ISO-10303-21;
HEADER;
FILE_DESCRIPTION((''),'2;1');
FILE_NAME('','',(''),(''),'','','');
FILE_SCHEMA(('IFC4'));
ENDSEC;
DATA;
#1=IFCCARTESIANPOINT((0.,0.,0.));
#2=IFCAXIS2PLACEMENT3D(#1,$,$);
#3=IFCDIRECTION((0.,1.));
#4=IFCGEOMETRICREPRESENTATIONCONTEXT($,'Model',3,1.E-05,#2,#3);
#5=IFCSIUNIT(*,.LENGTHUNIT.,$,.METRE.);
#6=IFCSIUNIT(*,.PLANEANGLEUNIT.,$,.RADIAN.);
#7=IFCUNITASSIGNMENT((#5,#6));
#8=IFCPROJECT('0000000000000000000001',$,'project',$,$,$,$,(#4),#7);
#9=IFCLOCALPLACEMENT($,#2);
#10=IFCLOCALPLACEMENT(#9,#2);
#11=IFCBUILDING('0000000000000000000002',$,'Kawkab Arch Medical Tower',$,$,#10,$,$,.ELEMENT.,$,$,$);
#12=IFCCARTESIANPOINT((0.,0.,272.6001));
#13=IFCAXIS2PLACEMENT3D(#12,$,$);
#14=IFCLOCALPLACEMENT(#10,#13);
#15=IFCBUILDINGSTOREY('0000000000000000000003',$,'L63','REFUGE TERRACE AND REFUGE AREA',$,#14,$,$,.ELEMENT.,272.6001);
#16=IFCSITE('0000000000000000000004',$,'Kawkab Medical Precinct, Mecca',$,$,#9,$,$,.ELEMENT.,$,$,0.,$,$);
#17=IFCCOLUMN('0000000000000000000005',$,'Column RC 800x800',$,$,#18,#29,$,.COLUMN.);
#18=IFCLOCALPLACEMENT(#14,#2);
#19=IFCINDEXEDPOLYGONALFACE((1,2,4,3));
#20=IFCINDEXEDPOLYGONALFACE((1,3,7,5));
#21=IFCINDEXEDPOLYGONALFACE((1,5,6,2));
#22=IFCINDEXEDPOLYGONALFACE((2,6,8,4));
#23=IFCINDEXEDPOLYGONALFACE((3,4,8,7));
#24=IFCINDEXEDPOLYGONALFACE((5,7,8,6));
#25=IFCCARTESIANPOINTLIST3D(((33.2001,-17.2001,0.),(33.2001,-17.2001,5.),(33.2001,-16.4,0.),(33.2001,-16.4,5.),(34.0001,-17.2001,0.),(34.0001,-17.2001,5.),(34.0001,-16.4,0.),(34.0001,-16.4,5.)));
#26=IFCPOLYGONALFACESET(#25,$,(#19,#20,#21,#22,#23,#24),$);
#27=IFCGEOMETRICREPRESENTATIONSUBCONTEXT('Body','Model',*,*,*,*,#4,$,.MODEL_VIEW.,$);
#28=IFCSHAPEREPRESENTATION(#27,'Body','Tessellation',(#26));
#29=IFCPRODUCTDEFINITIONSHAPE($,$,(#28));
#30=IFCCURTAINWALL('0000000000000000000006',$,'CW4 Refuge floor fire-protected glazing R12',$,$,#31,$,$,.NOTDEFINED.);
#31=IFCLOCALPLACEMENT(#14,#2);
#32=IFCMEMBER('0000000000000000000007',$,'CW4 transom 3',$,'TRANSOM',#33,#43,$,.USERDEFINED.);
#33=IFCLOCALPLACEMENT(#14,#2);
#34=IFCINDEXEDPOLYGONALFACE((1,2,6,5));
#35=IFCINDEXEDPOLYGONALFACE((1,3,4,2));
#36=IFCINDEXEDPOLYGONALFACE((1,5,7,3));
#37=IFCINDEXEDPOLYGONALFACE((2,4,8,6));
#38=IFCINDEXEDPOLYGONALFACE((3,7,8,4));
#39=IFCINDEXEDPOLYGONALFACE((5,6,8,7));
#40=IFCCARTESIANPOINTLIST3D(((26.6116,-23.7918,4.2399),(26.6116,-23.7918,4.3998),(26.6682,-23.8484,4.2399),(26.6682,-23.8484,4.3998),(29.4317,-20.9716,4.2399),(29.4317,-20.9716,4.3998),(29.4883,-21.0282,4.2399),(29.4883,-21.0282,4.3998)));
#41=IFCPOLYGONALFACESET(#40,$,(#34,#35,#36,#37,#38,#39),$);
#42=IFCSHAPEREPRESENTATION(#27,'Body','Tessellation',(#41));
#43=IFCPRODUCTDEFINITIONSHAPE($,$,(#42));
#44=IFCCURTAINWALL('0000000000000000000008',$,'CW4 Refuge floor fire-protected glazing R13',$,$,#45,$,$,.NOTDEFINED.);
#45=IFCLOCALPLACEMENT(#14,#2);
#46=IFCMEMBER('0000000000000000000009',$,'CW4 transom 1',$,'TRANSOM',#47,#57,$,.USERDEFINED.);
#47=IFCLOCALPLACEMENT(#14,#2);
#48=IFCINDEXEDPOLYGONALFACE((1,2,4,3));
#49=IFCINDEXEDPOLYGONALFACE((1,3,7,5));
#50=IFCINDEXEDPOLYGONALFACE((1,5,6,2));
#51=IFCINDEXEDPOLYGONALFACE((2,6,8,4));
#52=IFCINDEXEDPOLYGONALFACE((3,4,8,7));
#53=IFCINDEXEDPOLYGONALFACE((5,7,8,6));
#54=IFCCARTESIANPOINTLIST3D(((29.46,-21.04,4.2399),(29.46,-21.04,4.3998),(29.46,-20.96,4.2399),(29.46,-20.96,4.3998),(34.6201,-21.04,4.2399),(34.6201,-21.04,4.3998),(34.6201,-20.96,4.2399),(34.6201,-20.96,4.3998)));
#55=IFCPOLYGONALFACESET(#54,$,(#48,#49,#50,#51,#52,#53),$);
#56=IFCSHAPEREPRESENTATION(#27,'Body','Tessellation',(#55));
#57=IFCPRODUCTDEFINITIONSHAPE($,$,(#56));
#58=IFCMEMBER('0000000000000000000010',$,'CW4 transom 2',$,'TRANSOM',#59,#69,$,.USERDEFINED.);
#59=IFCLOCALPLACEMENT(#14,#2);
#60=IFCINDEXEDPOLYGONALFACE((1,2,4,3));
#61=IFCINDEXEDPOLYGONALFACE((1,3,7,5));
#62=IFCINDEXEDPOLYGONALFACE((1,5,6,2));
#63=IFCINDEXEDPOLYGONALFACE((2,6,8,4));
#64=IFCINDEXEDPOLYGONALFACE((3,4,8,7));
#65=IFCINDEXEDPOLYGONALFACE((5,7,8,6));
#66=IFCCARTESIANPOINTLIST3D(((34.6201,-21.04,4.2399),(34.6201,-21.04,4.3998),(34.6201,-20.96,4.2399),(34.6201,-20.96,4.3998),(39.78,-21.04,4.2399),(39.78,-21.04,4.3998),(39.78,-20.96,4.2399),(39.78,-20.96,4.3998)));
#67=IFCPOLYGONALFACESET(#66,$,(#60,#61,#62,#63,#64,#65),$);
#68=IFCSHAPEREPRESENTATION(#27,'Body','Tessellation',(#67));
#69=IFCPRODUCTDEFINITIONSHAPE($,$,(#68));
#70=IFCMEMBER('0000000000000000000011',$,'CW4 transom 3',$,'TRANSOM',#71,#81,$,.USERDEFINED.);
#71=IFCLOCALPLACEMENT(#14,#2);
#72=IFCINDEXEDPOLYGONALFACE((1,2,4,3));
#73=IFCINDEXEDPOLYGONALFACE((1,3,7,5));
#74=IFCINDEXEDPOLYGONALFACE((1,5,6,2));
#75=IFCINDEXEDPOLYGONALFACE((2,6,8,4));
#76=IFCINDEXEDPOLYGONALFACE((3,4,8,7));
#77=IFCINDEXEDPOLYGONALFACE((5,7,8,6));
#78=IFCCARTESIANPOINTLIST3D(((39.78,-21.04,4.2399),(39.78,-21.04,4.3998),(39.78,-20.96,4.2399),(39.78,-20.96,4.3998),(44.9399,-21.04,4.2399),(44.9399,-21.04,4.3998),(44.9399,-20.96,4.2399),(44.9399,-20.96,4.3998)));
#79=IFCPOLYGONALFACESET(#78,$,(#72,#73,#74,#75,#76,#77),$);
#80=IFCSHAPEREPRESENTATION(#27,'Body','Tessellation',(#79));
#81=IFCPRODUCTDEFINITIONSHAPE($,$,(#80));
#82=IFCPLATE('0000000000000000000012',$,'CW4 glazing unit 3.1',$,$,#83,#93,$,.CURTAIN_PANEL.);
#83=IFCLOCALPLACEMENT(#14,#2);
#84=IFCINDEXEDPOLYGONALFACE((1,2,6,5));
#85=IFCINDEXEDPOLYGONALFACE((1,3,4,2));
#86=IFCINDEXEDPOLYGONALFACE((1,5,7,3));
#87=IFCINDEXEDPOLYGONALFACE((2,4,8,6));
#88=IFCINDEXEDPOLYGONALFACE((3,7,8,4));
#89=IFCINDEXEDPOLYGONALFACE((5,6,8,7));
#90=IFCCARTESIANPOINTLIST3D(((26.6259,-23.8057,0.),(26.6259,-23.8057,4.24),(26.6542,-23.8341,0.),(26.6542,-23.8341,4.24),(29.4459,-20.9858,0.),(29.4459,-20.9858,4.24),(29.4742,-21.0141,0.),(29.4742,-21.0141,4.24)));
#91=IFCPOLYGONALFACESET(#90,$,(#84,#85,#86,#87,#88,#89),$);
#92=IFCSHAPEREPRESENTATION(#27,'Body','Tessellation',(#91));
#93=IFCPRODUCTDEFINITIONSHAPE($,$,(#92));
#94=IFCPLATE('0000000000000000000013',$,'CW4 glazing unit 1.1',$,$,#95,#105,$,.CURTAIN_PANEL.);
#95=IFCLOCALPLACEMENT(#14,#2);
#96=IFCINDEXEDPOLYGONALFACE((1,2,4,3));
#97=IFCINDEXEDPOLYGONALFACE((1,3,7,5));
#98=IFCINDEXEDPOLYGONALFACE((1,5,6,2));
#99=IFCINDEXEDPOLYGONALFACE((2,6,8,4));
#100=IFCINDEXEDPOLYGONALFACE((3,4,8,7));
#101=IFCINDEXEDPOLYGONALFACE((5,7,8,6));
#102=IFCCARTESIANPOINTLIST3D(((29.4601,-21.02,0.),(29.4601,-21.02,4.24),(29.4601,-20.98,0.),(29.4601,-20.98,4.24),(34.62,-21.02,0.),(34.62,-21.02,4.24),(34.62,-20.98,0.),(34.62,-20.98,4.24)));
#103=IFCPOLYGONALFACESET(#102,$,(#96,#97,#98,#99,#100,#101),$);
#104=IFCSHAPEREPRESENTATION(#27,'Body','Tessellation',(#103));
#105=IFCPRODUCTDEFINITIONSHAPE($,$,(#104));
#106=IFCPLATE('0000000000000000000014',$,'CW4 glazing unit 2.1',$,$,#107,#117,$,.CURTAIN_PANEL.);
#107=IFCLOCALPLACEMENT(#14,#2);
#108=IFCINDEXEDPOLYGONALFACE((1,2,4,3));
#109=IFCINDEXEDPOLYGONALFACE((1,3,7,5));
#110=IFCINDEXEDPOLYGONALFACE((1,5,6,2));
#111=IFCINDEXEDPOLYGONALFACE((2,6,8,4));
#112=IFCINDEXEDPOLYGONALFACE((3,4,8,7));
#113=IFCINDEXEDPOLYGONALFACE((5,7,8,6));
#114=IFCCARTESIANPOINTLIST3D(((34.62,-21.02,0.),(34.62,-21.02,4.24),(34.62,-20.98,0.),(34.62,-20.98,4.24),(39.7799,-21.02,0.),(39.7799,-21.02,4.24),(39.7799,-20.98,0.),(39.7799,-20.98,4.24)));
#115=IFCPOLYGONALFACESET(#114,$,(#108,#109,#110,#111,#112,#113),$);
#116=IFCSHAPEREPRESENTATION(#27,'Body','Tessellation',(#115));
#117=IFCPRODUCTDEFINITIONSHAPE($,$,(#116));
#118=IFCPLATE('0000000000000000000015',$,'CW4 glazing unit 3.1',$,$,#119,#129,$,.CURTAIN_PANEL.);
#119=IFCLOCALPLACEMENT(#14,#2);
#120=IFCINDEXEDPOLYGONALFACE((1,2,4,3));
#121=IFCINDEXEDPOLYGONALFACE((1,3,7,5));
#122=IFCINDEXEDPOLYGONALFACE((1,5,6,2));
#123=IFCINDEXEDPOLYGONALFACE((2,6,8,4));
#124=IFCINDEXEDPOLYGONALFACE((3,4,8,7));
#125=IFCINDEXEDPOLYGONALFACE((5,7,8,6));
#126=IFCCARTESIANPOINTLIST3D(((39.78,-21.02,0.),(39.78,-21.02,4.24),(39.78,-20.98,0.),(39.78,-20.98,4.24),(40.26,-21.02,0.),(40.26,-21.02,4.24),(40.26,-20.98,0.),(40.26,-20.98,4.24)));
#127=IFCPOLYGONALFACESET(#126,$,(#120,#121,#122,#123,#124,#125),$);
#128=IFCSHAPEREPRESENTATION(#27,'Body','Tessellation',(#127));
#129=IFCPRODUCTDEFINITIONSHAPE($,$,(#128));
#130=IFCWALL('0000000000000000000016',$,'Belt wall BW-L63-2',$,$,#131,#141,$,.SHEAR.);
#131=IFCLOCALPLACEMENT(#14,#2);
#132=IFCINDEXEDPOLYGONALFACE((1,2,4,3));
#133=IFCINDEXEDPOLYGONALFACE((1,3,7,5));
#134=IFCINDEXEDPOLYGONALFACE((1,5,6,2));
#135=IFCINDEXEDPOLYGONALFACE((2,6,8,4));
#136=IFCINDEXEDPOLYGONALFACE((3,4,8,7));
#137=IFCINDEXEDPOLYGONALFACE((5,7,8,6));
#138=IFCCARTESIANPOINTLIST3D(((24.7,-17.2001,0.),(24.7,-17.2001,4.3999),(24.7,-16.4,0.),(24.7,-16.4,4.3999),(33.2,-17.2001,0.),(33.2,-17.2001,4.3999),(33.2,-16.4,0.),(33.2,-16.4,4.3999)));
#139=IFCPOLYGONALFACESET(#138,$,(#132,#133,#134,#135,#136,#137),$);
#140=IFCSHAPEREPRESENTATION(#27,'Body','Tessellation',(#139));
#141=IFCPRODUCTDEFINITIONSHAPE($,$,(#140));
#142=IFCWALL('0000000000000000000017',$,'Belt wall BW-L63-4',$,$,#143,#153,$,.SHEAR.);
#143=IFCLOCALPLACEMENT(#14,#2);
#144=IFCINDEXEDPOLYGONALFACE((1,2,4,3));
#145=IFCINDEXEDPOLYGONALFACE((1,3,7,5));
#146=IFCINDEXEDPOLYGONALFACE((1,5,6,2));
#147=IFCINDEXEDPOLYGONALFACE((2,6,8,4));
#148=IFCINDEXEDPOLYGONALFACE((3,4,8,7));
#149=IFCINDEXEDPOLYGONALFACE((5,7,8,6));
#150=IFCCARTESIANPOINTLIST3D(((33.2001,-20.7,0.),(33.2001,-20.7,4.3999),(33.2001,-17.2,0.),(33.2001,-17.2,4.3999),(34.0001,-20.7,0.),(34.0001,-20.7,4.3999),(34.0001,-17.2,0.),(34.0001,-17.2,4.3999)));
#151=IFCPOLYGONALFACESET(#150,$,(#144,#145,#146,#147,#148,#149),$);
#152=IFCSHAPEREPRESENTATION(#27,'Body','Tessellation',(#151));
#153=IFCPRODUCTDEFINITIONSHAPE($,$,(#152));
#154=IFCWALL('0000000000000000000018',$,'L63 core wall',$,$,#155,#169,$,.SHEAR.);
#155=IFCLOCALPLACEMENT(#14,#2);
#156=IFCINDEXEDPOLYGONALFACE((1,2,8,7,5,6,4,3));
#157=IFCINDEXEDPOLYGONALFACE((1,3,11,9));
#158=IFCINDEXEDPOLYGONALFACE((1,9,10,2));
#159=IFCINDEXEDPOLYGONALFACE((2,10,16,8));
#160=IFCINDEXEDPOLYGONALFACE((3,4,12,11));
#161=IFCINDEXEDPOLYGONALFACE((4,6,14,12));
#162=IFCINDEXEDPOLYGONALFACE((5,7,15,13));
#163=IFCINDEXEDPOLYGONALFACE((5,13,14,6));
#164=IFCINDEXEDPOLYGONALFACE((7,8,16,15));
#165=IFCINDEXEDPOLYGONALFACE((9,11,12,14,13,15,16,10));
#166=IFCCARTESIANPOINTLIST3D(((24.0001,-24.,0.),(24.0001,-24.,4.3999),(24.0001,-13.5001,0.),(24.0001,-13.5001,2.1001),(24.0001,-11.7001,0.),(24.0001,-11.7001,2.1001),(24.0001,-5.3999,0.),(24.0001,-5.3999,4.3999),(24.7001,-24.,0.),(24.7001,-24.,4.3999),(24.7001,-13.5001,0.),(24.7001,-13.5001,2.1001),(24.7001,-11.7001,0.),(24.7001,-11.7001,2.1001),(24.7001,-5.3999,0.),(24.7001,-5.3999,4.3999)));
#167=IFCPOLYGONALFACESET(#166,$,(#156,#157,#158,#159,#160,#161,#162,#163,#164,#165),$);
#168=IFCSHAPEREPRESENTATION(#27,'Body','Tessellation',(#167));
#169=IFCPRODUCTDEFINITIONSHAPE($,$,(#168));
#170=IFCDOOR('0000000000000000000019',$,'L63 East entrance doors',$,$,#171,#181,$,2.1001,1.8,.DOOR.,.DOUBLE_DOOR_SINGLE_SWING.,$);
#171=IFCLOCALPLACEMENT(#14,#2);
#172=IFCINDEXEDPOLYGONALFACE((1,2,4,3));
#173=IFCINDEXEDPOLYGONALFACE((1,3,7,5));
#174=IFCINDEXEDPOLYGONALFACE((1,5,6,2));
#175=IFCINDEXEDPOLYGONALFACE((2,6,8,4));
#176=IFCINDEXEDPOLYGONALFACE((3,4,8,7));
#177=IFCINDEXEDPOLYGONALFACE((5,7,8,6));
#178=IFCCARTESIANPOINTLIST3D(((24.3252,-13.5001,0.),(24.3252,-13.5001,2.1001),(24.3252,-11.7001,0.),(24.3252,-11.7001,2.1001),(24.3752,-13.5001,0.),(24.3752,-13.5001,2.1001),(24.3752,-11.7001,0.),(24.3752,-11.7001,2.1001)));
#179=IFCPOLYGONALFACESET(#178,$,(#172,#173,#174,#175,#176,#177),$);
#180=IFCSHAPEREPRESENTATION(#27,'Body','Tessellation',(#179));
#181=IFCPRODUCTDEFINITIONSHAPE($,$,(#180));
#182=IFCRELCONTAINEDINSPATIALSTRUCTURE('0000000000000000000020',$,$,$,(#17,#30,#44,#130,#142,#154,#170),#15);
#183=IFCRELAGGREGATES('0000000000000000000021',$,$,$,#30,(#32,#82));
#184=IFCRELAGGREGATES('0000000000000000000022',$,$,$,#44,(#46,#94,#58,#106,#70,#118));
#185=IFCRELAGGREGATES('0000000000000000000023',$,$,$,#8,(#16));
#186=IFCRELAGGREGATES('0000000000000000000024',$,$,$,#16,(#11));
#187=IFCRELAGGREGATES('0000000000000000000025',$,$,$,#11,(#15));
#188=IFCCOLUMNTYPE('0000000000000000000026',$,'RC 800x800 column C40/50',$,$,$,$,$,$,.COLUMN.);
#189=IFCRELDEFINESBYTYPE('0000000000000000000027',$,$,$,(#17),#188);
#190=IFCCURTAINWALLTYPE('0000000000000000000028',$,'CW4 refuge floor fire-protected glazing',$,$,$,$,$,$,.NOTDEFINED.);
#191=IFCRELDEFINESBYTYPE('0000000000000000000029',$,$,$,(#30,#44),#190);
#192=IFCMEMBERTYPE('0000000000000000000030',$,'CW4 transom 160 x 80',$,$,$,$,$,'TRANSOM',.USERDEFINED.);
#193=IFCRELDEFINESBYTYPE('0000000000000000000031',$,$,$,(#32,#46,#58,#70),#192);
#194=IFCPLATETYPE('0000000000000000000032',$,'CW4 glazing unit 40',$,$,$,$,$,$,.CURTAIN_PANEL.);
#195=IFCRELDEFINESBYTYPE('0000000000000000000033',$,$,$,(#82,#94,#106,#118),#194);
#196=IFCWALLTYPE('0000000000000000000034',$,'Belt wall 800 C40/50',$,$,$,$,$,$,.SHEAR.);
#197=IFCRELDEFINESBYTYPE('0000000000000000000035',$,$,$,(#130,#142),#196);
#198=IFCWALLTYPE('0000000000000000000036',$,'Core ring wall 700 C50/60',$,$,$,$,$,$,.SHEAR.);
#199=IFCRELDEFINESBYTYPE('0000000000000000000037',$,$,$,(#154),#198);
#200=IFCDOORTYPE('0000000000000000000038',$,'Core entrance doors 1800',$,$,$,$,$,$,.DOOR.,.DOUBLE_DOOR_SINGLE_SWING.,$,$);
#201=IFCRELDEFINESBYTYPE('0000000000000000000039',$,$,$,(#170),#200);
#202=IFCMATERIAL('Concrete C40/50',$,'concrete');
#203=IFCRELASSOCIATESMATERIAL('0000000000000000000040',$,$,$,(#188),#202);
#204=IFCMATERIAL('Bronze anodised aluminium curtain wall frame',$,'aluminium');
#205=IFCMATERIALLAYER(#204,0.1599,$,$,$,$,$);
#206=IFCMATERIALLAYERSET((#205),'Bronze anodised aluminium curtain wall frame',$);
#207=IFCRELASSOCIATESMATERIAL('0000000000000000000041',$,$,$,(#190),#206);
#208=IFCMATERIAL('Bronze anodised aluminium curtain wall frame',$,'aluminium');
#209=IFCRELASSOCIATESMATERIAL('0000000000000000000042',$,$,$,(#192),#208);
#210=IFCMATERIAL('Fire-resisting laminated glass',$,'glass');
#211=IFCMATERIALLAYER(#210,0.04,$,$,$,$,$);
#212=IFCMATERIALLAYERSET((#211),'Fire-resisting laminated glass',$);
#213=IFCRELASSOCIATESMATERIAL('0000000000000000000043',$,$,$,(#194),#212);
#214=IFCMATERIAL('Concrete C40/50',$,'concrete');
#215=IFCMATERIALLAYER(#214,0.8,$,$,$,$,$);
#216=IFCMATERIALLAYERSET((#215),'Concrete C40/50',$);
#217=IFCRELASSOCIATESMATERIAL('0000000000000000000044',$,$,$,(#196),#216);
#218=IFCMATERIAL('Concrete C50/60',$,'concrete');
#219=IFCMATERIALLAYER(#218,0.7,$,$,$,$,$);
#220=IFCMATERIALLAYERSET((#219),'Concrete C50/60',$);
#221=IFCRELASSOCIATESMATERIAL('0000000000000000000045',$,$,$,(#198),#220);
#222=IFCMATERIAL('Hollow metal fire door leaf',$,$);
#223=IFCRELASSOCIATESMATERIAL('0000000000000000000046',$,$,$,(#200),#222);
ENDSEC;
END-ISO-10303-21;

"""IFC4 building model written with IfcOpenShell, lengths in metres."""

from ifc_helpers import new_model, si_unit, direction, frame, frame_2d, origin, origin_2d, place, context, subcontext, project, spatial, rectangle, extrude, material, layer, layer_set, material_profile, profile_set, type_object, element, fill, aggregate, save


model = new_model("IFC4")

# Units and contexts
model_context = context("Model", 3, precision=1e-05, world=origin(), true_north=direction((0.0, 1.0)))
body_context = subcontext(model_context, "Body", "Model", "MODEL_VIEW")
ifc_project = project(units=[si_unit("LENGTHUNIT", "METRE"), si_unit("PLANEANGLEUNIT", "RADIAN")], contexts=[model_context])

# Site, building, storey
site_placement = place(None, origin())
site = spatial("IfcSite", under=ifc_project, at=site_placement, Name="Kawkab Medical Precinct, Mecca", CompositionType="ELEMENT", RefElevation=0.0)
building_placement = place(site_placement, origin())
building = spatial("IfcBuilding", under=site, at=building_placement, Name="Kawkab Arch Medical Tower", CompositionType="ELEMENT")
storey_placement = place(building_placement, frame((0.0, 0.0, 272.6001)))
storey = spatial("IfcBuildingStorey", under=building, at=storey_placement, Name="L63", Description="REFUGE TERRACE AND REFUGE AREA", CompositionType="ELEMENT", Elevation=272.6001)

# Column
ifc_material_1 = material(Name="Concrete C40/50", Category="concrete")
ifc_material_profile_1 = material_profile(ifc_material_1, rectangle(XDim=0.8, YDim=0.8, at=origin_2d()), Name="RC 800x800")
ifc_profile_set_1 = profile_set([ifc_material_profile_1], Name="Concrete C40/50")
column_type = type_object("IfcColumnType", Name="RC 800x800 column C40/50", PredefinedType="COLUMN", material=ifc_profile_set_1)
column_placement = place(storey_placement, frame((33.6001, -16.8, 0.0), z_axis=(0.0, 0.0, 1.0), x_axis=(1.0, 0.0, 0.0)))
element("IfcColumn", 1, at=column_placement, inside=storey, type_object=column_type, Name="Column RC 800x800", PredefinedType="COLUMN", context=body_context, shape_type="SweptSolid", body=[
    extrude(rectangle(XDim=0.8, YDim=0.8, at=origin_2d()), origin(), (0.0, 0.0, 1.0), 5.0),
])

# Curtain wall, member
ifc_material_2 = material(Name="Bronze anodised aluminium curtain wall frame", Category="aluminium")
ifc_layer_1 = layer(ifc_material_2, 0.1599)
ifc_layer_set_1 = layer_set([ifc_layer_1], Name="Bronze anodised aluminium curtain wall frame")
curtain_wall_type = type_object("IfcCurtainWallType", Name="CW4 refuge floor fire-protected glazing", PredefinedType="NOTDEFINED", material=ifc_layer_set_1)
placement = place(storey_placement, origin())
curtain_wall_1 = element("IfcCurtainWall", 2, at=placement, inside=storey, type_object=curtain_wall_type, Name="CW4 Refuge floor fire-protected glazing R12", PredefinedType="NOTDEFINED")
ifc_material_3 = material(Name="Bronze anodised aluminium curtain wall frame", Category="aluminium")
ifc_material_profile_2 = material_profile(ifc_material_3, rectangle(XDim=0.0801, YDim=0.1599, at=origin_2d()), Name="AL 80x160")
ifc_profile_set_2 = profile_set([ifc_material_profile_2], Name="Bronze anodised aluminium curtain wall frame")
member_type = type_object("IfcMemberType", Name="CW4 transom 160 x 80", ElementType="TRANSOM", PredefinedType="USERDEFINED", material=ifc_profile_set_2)
member_1_placement = place(storey_placement, frame((26.6399, -23.8201, 4.3198), z_axis=(0.707107, 0.707107, 0.0), x_axis=(-0.707107, 0.707107, 0.0)))
member_1 = element("IfcMember", 3, at=member_1_placement, type_object=member_type, Name="CW4 transom 3", ObjectType="TRANSOM", PredefinedType="USERDEFINED", context=body_context, shape_type="SweptSolid", body=[
    extrude(rectangle(XDim=0.0801, YDim=0.1599, at=origin_2d()), origin(), (0.0, 0.0, 1.0), 3.9883),
])

# Curtain wall, members
curtain_wall_2 = element("IfcCurtainWall", 4, at=placement, inside=storey, type_object=curtain_wall_type, Name="CW4 Refuge floor fire-protected glazing R13", PredefinedType="NOTDEFINED")
member_2_placement = place(storey_placement, frame((29.46, -21.0, 4.3198), z_axis=(1.0, 0.0, 0.0), x_axis=(0.0, 1.0, 0.0)))
member_2 = element("IfcMember", 5, at=member_2_placement, type_object=member_type, Name="CW4 transom 1", ObjectType="TRANSOM", PredefinedType="USERDEFINED", context=body_context, shape_type="SweptSolid", body=[
    extrude(rectangle(XDim=0.0801, YDim=0.1599, at=origin_2d()), origin(), (0.0, 0.0, 1.0), 5.1602),
])
member_3_placement = place(storey_placement, frame((34.6201, -21.0, 4.3198), z_axis=(1.0, 0.0, 0.0), x_axis=(0.0, 1.0, 0.0)))
member_3 = element("IfcMember", 6, at=member_3_placement, type_object=member_type, Name="CW4 transom 2", ObjectType="TRANSOM", PredefinedType="USERDEFINED", context=body_context, shape_type="SweptSolid", body=[
    extrude(rectangle(XDim=0.0801, YDim=0.1599, at=origin_2d()), origin(), (0.0, 0.0, 1.0), 5.1599),
])
member_4_placement = place(storey_placement, frame((39.78, -21.0, 4.3198), z_axis=(1.0, 0.0, 0.0), x_axis=(0.0, 1.0, 0.0)))
member_4 = element("IfcMember", 7, at=member_4_placement, type_object=member_type, Name="CW4 transom 3", ObjectType="TRANSOM", PredefinedType="USERDEFINED", context=body_context, shape_type="SweptSolid", body=[
    extrude(rectangle(XDim=0.0801, YDim=0.1599, at=origin_2d()), origin(), (0.0, 0.0, 1.0), 5.1599),
])

# Plates
ifc_material_4 = material(Name="Fire-resisting laminated glass", Category="glass")
ifc_layer_2 = layer(ifc_material_4, 0.04)
ifc_layer_set_2 = layer_set([ifc_layer_2], Name="Fire-resisting laminated glass")
plate_type = type_object("IfcPlateType", Name="CW4 glazing unit 40", PredefinedType="CURTAIN_PANEL", material=ifc_layer_set_2)
plate_1_placement = place(storey_placement, frame((28.05, -22.4099, 0.0), z_axis=(0.0, 0.0, 1.0), x_axis=(0.707107, 0.707107, 0.0)))
plate_1 = element("IfcPlate", 8, at=plate_1_placement, type_object=plate_type, Name="CW4 glazing unit 3.1", PredefinedType="CURTAIN_PANEL", context=body_context, shape_type="SweptSolid", body=[
    extrude(rectangle(XDim=3.988, YDim=0.04, at=origin_2d()), origin(), (0.0, 0.0, 1.0), 4.24),
])
aggregate(curtain_wall_1, [member_1, plate_1])
plate_2_placement = place(storey_placement, frame((32.04, -21.0, 0.0), z_axis=(0.0, 0.0, 1.0), x_axis=(1.0, 0.0, 0.0)))
plate_2 = element("IfcPlate", 9, at=plate_2_placement, type_object=plate_type, Name="CW4 glazing unit 1.1", PredefinedType="CURTAIN_PANEL", context=body_context, shape_type="SweptSolid", body=[
    extrude(rectangle(XDim=5.1599, YDim=0.04, at=origin_2d()), origin(), (0.0, 0.0, 1.0), 4.24),
])
plate_3_placement = place(storey_placement, frame((37.2, -21.0, 0.0), z_axis=(0.0, 0.0, 1.0), x_axis=(1.0, 0.0, 0.0)))
plate_3 = element("IfcPlate", 10, at=plate_3_placement, type_object=plate_type, Name="CW4 glazing unit 2.1", PredefinedType="CURTAIN_PANEL", context=body_context, shape_type="SweptSolid", body=[
    extrude(rectangle(XDim=5.1599, YDim=0.04, at=origin_2d()), origin(), (0.0, 0.0, 1.0), 4.24),
])
plate_4_placement = place(storey_placement, frame((40.02, -21.0, 0.0), z_axis=(0.0, 0.0, 1.0), x_axis=(1.0, 0.0, 0.0)))
plate_4 = element("IfcPlate", 11, at=plate_4_placement, type_object=plate_type, Name="CW4 glazing unit 3.1", PredefinedType="CURTAIN_PANEL", context=body_context, shape_type="SweptSolid", body=[
    extrude(rectangle(XDim=0.48, YDim=0.04, at=origin_2d()), origin(), (0.0, 0.0, 1.0), 4.24),
])
aggregate(curtain_wall_2, [member_2, plate_2, member_3, plate_3, member_4, plate_4])

# Walls
ifc_material_5 = material(Name="Concrete C40/50", Category="concrete")
ifc_layer_3 = layer(ifc_material_5, 0.8)
ifc_layer_set_3 = layer_set([ifc_layer_3], Name="Concrete C40/50")
wall_type_1 = type_object("IfcWallType", Name="Belt wall 800 C40/50", PredefinedType="SHEAR", material=ifc_layer_set_3)
wall_1_placement = place(storey_placement, frame((24.7, -16.8, 0.0), z_axis=(0.0, 0.0, 1.0), x_axis=(1.0, 0.0, 0.0)))
element("IfcWall", 12, at=wall_1_placement, inside=storey, type_object=wall_type_1, Name="Belt wall BW-L63-2", PredefinedType="SHEAR", context=body_context, shape_type="SweptSolid", body=[
    extrude(rectangle(XDim=8.5, YDim=0.8, at=frame_2d((4.25, 0.0))), origin(), (0.0, 0.0, 1.0), 4.3999),
])
wall_2_placement = place(storey_placement, frame((33.6001, -17.2, 0.0), z_axis=(0.0, 0.0, 1.0), x_axis=(0.0, -1.0, 0.0)))
element("IfcWall", 13, at=wall_2_placement, inside=storey, type_object=wall_type_1, Name="Belt wall BW-L63-4", PredefinedType="SHEAR", context=body_context, shape_type="SweptSolid", body=[
    extrude(rectangle(XDim=3.5, YDim=0.8, at=frame_2d((1.75, 0.0))), origin(), (0.0, 0.0, 1.0), 4.3999),
])

# Wall, opening, door
ifc_material_6 = material(Name="Concrete C50/60", Category="concrete")
ifc_layer_4 = layer(ifc_material_6, 0.7)
ifc_layer_set_4 = layer_set([ifc_layer_4], Name="Concrete C50/60")
wall_type_2 = type_object("IfcWallType", Name="Core ring wall 700 C50/60", PredefinedType="SHEAR", material=ifc_layer_set_4)
wall_3_placement = place(storey_placement, frame((24.3501, -24.0, 0.0), z_axis=(0.0, 0.0, 1.0), x_axis=(0.0, 1.0, 0.0)))
wall_3 = element("IfcWall", 14, at=wall_3_placement, inside=storey, type_object=wall_type_2, Name="L63 core wall", PredefinedType="SHEAR", context=body_context, shape_type="SweptSolid", body=[
    extrude(rectangle(XDim=18.6001, YDim=0.7, at=frame_2d((9.3, 0.0))), origin(), (0.0, 0.0, 1.0), 4.3999),
])
opening_1_placement = place(wall_3_placement, frame((10.5, 0.0, 0.0)))
opening_1 = element("IfcOpeningElement", 15, at=opening_1_placement, cuts=wall_3, PredefinedType="OPENING", context=body_context, shape_type="SweptSolid", body=[
    extrude(rectangle(XDim=1.8, YDim=2.1001, at=frame_2d((0.8999, 1.05))), frame((0.0, 0.3599, 0.0), z_axis=(0.0, -1.0, 0.0), x_axis=(1.0, 0.0, 0.0)), (0.0, 0.0, 1.0), 0.72),
])
ifc_material_7 = material(Name="Hollow metal fire door leaf")
door_type_1 = type_object("IfcDoorType", Name="Core entrance doors 1800", OperationType="DOUBLE_DOOR_SINGLE_SWING", PredefinedType="DOOR", material=ifc_material_7)
door_1_placement = place(opening_1_placement, origin())
door_1 = element("IfcDoor", 16, at=door_1_placement, inside=storey, type_object=door_type_1, Name="L63 East entrance doors", OperationType="DOUBLE_DOOR_SINGLE_SWING", OverallHeight=2.1001, OverallWidth=1.8, PredefinedType="DOOR", context=body_context, shape_type="SweptSolid", body=[
    extrude(rectangle(XDim=1.8, YDim=2.1001, at=frame_2d((0.8999, 1.05))), frame((0.0, 0.0249, 0.0), z_axis=(0.0, -1.0, 0.0), x_axis=(1.0, 0.0, 0.0)), (0.0, 0.0, 1.0), 0.05),
])
fill(opening_1, door_1)

save(model, "model.ifc")
